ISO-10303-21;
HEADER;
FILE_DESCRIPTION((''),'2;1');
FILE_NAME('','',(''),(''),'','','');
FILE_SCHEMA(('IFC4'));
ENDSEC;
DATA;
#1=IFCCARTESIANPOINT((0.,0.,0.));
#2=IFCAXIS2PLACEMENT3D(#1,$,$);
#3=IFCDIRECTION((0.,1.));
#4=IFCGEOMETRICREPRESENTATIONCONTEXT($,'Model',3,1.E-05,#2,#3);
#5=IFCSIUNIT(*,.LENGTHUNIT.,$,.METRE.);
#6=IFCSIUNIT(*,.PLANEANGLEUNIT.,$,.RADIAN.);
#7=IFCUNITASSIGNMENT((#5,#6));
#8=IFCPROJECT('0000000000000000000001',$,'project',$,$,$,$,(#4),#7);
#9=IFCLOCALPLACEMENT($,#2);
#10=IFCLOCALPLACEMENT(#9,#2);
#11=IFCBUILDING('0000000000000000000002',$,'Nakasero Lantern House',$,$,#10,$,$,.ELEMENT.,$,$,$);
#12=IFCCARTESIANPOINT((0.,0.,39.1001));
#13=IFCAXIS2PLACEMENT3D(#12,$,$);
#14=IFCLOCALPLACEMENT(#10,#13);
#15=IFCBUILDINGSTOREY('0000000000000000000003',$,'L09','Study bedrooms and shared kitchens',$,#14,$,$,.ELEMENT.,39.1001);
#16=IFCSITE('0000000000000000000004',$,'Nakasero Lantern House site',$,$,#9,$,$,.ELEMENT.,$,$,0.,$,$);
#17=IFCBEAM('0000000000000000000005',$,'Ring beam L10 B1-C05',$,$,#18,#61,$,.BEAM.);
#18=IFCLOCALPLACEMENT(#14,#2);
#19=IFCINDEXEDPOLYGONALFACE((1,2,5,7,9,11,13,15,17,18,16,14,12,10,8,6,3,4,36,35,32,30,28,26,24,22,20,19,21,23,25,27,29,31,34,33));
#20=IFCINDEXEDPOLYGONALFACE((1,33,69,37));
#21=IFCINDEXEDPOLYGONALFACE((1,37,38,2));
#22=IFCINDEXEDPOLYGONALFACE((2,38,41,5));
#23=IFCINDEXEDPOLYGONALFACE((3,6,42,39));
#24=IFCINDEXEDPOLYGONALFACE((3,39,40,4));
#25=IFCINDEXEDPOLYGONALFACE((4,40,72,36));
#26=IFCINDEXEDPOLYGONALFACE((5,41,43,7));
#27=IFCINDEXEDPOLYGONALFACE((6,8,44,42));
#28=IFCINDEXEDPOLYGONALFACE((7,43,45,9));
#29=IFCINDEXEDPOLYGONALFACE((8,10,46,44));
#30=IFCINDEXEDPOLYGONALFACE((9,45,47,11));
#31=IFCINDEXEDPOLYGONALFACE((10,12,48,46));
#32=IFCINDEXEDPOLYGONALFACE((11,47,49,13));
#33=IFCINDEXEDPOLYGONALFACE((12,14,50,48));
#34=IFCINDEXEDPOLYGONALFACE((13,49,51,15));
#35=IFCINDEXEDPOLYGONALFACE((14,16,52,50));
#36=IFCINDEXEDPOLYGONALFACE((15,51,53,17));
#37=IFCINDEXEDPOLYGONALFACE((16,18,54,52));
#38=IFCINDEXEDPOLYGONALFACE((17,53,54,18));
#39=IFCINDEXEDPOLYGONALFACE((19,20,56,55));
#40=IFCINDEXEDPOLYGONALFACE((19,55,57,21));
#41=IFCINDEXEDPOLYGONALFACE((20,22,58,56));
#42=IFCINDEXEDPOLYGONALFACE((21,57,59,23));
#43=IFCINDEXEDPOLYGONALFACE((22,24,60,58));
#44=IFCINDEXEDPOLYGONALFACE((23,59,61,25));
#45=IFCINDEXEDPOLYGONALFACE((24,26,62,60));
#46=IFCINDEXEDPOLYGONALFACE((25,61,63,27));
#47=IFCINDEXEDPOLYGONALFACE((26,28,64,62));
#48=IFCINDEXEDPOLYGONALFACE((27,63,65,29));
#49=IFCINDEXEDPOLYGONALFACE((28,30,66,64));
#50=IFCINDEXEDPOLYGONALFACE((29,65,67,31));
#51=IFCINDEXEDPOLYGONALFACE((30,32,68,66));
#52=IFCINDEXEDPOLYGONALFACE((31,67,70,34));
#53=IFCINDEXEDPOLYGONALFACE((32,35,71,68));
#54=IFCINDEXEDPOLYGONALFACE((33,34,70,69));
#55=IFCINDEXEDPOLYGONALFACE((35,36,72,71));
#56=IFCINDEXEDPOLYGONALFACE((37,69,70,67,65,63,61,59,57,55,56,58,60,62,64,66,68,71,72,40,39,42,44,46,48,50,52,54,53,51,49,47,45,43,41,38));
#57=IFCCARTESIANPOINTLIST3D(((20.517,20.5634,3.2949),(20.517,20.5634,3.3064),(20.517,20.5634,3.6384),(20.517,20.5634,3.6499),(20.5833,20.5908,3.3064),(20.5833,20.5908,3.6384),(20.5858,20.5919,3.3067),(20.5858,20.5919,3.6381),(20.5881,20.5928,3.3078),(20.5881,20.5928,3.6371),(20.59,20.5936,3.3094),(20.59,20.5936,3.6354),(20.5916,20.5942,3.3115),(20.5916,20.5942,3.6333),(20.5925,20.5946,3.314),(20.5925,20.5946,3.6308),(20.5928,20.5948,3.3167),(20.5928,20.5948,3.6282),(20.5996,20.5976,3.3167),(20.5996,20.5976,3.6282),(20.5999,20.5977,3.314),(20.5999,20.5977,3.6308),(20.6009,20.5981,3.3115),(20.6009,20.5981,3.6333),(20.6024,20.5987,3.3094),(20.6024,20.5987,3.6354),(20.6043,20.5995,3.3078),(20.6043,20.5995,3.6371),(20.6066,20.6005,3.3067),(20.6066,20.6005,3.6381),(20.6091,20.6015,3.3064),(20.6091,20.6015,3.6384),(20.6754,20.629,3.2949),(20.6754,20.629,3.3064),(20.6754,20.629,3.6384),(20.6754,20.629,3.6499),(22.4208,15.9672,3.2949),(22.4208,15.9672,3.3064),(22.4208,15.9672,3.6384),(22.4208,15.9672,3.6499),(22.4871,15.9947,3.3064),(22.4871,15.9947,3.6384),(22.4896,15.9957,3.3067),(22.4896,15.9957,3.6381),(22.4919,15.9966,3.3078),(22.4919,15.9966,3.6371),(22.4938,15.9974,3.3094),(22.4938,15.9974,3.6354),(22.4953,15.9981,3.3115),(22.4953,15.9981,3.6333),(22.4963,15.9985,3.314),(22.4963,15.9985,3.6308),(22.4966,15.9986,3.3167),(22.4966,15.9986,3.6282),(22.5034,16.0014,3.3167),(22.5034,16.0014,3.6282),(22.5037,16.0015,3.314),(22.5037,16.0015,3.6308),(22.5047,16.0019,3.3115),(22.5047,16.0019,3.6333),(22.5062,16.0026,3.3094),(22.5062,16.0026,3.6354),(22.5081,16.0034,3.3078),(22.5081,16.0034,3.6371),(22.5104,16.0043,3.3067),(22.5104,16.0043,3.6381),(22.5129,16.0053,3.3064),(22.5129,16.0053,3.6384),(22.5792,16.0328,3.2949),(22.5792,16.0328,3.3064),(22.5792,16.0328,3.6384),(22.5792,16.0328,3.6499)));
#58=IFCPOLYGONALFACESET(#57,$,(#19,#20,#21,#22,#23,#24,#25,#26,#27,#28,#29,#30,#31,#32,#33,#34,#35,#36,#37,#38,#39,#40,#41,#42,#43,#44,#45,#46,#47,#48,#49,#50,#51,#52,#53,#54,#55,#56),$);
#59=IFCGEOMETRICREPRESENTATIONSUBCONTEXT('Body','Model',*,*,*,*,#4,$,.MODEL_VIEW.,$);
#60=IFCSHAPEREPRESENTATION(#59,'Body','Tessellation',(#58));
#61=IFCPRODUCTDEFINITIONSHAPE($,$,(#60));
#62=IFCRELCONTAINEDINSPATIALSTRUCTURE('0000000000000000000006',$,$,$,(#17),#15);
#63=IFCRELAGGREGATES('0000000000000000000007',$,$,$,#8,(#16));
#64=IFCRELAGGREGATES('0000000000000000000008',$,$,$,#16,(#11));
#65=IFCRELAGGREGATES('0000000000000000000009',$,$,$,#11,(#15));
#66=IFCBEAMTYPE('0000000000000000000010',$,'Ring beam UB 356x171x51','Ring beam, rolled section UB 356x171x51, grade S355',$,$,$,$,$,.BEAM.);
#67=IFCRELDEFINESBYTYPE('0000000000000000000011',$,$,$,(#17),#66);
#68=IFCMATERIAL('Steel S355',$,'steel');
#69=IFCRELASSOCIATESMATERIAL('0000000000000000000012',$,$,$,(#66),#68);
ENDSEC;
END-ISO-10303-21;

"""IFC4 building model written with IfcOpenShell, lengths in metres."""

from ifc_helpers import new_model, si_unit, direction, frame, origin, origin_2d, place, context, subcontext, project, spatial, i_section, extrude, material, material_profile, profile_set, type_object, element, save


model = new_model("IFC4")

# Units and contexts
model_context = context("Model", 3, precision=1e-05, world=origin(), true_north=direction((0.0, 1.0)))
body_context = subcontext(model_context, "Body", "Model", "MODEL_VIEW")
ifc_project = project(units=[si_unit("LENGTHUNIT", "METRE"), si_unit("PLANEANGLEUNIT", "RADIAN")], contexts=[model_context])

# Site, building, storey
site_placement = place(None, origin())
site = spatial("IfcSite", under=ifc_project, at=site_placement, Name="Nakasero Lantern House site", CompositionType="ELEMENT", RefElevation=0.0)
building_placement = place(site_placement, origin())
building = spatial("IfcBuilding", under=site, at=building_placement, Name="Nakasero Lantern House", CompositionType="ELEMENT")
storey_placement = place(building_placement, frame((0.0, 0.0, 39.1001)))
storey = spatial("IfcBuildingStorey", under=building, at=storey_placement, Name="L09", Description="Study bedrooms and shared kitchens", CompositionType="ELEMENT", Elevation=39.1001)

# Beam
ifc_material_1 = material(Name="Steel S355", Category="steel")
ifc_material_profile_1 = material_profile(ifc_material_1, i_section(OverallWidth=0.1714, OverallDepth=0.355, WebThickness=0.0073, FlangeThickness=0.0115, FilletRadius=0.0103, at=origin_2d()), Name="UB 356x171x51")
ifc_profile_set_1 = profile_set([ifc_material_profile_1], Name="Steel S355")
beam_type_1 = type_object("IfcBeamType", Name="Ring beam UB 356x171x51", Description="Ring beam, rolled section UB 356x171x51, grade S355", PredefinedType="BEAM", material=ifc_profile_set_1)
beam_1_placement = place(storey_placement, frame((22.5, 16.0, 3.4724), z_axis=(-0.382684, 0.923879, 0.0), x_axis=(-0.923879, -0.382684, 0.0)))
element("IfcBeam", 1, at=beam_1_placement, inside=storey, type_object=beam_type_1, Name="Ring beam L10 B1-C05", PredefinedType="BEAM", context=body_context, shape_type="SweptSolid", body=[
    extrude(i_section(OverallWidth=0.1714, OverallDepth=0.355, WebThickness=0.0073, FlangeThickness=0.0115, FilletRadius=0.0103, at=origin_2d()), origin(), (0.0, 0.0, 1.0), 4.9749),
])

save(model, "model.ifc")
